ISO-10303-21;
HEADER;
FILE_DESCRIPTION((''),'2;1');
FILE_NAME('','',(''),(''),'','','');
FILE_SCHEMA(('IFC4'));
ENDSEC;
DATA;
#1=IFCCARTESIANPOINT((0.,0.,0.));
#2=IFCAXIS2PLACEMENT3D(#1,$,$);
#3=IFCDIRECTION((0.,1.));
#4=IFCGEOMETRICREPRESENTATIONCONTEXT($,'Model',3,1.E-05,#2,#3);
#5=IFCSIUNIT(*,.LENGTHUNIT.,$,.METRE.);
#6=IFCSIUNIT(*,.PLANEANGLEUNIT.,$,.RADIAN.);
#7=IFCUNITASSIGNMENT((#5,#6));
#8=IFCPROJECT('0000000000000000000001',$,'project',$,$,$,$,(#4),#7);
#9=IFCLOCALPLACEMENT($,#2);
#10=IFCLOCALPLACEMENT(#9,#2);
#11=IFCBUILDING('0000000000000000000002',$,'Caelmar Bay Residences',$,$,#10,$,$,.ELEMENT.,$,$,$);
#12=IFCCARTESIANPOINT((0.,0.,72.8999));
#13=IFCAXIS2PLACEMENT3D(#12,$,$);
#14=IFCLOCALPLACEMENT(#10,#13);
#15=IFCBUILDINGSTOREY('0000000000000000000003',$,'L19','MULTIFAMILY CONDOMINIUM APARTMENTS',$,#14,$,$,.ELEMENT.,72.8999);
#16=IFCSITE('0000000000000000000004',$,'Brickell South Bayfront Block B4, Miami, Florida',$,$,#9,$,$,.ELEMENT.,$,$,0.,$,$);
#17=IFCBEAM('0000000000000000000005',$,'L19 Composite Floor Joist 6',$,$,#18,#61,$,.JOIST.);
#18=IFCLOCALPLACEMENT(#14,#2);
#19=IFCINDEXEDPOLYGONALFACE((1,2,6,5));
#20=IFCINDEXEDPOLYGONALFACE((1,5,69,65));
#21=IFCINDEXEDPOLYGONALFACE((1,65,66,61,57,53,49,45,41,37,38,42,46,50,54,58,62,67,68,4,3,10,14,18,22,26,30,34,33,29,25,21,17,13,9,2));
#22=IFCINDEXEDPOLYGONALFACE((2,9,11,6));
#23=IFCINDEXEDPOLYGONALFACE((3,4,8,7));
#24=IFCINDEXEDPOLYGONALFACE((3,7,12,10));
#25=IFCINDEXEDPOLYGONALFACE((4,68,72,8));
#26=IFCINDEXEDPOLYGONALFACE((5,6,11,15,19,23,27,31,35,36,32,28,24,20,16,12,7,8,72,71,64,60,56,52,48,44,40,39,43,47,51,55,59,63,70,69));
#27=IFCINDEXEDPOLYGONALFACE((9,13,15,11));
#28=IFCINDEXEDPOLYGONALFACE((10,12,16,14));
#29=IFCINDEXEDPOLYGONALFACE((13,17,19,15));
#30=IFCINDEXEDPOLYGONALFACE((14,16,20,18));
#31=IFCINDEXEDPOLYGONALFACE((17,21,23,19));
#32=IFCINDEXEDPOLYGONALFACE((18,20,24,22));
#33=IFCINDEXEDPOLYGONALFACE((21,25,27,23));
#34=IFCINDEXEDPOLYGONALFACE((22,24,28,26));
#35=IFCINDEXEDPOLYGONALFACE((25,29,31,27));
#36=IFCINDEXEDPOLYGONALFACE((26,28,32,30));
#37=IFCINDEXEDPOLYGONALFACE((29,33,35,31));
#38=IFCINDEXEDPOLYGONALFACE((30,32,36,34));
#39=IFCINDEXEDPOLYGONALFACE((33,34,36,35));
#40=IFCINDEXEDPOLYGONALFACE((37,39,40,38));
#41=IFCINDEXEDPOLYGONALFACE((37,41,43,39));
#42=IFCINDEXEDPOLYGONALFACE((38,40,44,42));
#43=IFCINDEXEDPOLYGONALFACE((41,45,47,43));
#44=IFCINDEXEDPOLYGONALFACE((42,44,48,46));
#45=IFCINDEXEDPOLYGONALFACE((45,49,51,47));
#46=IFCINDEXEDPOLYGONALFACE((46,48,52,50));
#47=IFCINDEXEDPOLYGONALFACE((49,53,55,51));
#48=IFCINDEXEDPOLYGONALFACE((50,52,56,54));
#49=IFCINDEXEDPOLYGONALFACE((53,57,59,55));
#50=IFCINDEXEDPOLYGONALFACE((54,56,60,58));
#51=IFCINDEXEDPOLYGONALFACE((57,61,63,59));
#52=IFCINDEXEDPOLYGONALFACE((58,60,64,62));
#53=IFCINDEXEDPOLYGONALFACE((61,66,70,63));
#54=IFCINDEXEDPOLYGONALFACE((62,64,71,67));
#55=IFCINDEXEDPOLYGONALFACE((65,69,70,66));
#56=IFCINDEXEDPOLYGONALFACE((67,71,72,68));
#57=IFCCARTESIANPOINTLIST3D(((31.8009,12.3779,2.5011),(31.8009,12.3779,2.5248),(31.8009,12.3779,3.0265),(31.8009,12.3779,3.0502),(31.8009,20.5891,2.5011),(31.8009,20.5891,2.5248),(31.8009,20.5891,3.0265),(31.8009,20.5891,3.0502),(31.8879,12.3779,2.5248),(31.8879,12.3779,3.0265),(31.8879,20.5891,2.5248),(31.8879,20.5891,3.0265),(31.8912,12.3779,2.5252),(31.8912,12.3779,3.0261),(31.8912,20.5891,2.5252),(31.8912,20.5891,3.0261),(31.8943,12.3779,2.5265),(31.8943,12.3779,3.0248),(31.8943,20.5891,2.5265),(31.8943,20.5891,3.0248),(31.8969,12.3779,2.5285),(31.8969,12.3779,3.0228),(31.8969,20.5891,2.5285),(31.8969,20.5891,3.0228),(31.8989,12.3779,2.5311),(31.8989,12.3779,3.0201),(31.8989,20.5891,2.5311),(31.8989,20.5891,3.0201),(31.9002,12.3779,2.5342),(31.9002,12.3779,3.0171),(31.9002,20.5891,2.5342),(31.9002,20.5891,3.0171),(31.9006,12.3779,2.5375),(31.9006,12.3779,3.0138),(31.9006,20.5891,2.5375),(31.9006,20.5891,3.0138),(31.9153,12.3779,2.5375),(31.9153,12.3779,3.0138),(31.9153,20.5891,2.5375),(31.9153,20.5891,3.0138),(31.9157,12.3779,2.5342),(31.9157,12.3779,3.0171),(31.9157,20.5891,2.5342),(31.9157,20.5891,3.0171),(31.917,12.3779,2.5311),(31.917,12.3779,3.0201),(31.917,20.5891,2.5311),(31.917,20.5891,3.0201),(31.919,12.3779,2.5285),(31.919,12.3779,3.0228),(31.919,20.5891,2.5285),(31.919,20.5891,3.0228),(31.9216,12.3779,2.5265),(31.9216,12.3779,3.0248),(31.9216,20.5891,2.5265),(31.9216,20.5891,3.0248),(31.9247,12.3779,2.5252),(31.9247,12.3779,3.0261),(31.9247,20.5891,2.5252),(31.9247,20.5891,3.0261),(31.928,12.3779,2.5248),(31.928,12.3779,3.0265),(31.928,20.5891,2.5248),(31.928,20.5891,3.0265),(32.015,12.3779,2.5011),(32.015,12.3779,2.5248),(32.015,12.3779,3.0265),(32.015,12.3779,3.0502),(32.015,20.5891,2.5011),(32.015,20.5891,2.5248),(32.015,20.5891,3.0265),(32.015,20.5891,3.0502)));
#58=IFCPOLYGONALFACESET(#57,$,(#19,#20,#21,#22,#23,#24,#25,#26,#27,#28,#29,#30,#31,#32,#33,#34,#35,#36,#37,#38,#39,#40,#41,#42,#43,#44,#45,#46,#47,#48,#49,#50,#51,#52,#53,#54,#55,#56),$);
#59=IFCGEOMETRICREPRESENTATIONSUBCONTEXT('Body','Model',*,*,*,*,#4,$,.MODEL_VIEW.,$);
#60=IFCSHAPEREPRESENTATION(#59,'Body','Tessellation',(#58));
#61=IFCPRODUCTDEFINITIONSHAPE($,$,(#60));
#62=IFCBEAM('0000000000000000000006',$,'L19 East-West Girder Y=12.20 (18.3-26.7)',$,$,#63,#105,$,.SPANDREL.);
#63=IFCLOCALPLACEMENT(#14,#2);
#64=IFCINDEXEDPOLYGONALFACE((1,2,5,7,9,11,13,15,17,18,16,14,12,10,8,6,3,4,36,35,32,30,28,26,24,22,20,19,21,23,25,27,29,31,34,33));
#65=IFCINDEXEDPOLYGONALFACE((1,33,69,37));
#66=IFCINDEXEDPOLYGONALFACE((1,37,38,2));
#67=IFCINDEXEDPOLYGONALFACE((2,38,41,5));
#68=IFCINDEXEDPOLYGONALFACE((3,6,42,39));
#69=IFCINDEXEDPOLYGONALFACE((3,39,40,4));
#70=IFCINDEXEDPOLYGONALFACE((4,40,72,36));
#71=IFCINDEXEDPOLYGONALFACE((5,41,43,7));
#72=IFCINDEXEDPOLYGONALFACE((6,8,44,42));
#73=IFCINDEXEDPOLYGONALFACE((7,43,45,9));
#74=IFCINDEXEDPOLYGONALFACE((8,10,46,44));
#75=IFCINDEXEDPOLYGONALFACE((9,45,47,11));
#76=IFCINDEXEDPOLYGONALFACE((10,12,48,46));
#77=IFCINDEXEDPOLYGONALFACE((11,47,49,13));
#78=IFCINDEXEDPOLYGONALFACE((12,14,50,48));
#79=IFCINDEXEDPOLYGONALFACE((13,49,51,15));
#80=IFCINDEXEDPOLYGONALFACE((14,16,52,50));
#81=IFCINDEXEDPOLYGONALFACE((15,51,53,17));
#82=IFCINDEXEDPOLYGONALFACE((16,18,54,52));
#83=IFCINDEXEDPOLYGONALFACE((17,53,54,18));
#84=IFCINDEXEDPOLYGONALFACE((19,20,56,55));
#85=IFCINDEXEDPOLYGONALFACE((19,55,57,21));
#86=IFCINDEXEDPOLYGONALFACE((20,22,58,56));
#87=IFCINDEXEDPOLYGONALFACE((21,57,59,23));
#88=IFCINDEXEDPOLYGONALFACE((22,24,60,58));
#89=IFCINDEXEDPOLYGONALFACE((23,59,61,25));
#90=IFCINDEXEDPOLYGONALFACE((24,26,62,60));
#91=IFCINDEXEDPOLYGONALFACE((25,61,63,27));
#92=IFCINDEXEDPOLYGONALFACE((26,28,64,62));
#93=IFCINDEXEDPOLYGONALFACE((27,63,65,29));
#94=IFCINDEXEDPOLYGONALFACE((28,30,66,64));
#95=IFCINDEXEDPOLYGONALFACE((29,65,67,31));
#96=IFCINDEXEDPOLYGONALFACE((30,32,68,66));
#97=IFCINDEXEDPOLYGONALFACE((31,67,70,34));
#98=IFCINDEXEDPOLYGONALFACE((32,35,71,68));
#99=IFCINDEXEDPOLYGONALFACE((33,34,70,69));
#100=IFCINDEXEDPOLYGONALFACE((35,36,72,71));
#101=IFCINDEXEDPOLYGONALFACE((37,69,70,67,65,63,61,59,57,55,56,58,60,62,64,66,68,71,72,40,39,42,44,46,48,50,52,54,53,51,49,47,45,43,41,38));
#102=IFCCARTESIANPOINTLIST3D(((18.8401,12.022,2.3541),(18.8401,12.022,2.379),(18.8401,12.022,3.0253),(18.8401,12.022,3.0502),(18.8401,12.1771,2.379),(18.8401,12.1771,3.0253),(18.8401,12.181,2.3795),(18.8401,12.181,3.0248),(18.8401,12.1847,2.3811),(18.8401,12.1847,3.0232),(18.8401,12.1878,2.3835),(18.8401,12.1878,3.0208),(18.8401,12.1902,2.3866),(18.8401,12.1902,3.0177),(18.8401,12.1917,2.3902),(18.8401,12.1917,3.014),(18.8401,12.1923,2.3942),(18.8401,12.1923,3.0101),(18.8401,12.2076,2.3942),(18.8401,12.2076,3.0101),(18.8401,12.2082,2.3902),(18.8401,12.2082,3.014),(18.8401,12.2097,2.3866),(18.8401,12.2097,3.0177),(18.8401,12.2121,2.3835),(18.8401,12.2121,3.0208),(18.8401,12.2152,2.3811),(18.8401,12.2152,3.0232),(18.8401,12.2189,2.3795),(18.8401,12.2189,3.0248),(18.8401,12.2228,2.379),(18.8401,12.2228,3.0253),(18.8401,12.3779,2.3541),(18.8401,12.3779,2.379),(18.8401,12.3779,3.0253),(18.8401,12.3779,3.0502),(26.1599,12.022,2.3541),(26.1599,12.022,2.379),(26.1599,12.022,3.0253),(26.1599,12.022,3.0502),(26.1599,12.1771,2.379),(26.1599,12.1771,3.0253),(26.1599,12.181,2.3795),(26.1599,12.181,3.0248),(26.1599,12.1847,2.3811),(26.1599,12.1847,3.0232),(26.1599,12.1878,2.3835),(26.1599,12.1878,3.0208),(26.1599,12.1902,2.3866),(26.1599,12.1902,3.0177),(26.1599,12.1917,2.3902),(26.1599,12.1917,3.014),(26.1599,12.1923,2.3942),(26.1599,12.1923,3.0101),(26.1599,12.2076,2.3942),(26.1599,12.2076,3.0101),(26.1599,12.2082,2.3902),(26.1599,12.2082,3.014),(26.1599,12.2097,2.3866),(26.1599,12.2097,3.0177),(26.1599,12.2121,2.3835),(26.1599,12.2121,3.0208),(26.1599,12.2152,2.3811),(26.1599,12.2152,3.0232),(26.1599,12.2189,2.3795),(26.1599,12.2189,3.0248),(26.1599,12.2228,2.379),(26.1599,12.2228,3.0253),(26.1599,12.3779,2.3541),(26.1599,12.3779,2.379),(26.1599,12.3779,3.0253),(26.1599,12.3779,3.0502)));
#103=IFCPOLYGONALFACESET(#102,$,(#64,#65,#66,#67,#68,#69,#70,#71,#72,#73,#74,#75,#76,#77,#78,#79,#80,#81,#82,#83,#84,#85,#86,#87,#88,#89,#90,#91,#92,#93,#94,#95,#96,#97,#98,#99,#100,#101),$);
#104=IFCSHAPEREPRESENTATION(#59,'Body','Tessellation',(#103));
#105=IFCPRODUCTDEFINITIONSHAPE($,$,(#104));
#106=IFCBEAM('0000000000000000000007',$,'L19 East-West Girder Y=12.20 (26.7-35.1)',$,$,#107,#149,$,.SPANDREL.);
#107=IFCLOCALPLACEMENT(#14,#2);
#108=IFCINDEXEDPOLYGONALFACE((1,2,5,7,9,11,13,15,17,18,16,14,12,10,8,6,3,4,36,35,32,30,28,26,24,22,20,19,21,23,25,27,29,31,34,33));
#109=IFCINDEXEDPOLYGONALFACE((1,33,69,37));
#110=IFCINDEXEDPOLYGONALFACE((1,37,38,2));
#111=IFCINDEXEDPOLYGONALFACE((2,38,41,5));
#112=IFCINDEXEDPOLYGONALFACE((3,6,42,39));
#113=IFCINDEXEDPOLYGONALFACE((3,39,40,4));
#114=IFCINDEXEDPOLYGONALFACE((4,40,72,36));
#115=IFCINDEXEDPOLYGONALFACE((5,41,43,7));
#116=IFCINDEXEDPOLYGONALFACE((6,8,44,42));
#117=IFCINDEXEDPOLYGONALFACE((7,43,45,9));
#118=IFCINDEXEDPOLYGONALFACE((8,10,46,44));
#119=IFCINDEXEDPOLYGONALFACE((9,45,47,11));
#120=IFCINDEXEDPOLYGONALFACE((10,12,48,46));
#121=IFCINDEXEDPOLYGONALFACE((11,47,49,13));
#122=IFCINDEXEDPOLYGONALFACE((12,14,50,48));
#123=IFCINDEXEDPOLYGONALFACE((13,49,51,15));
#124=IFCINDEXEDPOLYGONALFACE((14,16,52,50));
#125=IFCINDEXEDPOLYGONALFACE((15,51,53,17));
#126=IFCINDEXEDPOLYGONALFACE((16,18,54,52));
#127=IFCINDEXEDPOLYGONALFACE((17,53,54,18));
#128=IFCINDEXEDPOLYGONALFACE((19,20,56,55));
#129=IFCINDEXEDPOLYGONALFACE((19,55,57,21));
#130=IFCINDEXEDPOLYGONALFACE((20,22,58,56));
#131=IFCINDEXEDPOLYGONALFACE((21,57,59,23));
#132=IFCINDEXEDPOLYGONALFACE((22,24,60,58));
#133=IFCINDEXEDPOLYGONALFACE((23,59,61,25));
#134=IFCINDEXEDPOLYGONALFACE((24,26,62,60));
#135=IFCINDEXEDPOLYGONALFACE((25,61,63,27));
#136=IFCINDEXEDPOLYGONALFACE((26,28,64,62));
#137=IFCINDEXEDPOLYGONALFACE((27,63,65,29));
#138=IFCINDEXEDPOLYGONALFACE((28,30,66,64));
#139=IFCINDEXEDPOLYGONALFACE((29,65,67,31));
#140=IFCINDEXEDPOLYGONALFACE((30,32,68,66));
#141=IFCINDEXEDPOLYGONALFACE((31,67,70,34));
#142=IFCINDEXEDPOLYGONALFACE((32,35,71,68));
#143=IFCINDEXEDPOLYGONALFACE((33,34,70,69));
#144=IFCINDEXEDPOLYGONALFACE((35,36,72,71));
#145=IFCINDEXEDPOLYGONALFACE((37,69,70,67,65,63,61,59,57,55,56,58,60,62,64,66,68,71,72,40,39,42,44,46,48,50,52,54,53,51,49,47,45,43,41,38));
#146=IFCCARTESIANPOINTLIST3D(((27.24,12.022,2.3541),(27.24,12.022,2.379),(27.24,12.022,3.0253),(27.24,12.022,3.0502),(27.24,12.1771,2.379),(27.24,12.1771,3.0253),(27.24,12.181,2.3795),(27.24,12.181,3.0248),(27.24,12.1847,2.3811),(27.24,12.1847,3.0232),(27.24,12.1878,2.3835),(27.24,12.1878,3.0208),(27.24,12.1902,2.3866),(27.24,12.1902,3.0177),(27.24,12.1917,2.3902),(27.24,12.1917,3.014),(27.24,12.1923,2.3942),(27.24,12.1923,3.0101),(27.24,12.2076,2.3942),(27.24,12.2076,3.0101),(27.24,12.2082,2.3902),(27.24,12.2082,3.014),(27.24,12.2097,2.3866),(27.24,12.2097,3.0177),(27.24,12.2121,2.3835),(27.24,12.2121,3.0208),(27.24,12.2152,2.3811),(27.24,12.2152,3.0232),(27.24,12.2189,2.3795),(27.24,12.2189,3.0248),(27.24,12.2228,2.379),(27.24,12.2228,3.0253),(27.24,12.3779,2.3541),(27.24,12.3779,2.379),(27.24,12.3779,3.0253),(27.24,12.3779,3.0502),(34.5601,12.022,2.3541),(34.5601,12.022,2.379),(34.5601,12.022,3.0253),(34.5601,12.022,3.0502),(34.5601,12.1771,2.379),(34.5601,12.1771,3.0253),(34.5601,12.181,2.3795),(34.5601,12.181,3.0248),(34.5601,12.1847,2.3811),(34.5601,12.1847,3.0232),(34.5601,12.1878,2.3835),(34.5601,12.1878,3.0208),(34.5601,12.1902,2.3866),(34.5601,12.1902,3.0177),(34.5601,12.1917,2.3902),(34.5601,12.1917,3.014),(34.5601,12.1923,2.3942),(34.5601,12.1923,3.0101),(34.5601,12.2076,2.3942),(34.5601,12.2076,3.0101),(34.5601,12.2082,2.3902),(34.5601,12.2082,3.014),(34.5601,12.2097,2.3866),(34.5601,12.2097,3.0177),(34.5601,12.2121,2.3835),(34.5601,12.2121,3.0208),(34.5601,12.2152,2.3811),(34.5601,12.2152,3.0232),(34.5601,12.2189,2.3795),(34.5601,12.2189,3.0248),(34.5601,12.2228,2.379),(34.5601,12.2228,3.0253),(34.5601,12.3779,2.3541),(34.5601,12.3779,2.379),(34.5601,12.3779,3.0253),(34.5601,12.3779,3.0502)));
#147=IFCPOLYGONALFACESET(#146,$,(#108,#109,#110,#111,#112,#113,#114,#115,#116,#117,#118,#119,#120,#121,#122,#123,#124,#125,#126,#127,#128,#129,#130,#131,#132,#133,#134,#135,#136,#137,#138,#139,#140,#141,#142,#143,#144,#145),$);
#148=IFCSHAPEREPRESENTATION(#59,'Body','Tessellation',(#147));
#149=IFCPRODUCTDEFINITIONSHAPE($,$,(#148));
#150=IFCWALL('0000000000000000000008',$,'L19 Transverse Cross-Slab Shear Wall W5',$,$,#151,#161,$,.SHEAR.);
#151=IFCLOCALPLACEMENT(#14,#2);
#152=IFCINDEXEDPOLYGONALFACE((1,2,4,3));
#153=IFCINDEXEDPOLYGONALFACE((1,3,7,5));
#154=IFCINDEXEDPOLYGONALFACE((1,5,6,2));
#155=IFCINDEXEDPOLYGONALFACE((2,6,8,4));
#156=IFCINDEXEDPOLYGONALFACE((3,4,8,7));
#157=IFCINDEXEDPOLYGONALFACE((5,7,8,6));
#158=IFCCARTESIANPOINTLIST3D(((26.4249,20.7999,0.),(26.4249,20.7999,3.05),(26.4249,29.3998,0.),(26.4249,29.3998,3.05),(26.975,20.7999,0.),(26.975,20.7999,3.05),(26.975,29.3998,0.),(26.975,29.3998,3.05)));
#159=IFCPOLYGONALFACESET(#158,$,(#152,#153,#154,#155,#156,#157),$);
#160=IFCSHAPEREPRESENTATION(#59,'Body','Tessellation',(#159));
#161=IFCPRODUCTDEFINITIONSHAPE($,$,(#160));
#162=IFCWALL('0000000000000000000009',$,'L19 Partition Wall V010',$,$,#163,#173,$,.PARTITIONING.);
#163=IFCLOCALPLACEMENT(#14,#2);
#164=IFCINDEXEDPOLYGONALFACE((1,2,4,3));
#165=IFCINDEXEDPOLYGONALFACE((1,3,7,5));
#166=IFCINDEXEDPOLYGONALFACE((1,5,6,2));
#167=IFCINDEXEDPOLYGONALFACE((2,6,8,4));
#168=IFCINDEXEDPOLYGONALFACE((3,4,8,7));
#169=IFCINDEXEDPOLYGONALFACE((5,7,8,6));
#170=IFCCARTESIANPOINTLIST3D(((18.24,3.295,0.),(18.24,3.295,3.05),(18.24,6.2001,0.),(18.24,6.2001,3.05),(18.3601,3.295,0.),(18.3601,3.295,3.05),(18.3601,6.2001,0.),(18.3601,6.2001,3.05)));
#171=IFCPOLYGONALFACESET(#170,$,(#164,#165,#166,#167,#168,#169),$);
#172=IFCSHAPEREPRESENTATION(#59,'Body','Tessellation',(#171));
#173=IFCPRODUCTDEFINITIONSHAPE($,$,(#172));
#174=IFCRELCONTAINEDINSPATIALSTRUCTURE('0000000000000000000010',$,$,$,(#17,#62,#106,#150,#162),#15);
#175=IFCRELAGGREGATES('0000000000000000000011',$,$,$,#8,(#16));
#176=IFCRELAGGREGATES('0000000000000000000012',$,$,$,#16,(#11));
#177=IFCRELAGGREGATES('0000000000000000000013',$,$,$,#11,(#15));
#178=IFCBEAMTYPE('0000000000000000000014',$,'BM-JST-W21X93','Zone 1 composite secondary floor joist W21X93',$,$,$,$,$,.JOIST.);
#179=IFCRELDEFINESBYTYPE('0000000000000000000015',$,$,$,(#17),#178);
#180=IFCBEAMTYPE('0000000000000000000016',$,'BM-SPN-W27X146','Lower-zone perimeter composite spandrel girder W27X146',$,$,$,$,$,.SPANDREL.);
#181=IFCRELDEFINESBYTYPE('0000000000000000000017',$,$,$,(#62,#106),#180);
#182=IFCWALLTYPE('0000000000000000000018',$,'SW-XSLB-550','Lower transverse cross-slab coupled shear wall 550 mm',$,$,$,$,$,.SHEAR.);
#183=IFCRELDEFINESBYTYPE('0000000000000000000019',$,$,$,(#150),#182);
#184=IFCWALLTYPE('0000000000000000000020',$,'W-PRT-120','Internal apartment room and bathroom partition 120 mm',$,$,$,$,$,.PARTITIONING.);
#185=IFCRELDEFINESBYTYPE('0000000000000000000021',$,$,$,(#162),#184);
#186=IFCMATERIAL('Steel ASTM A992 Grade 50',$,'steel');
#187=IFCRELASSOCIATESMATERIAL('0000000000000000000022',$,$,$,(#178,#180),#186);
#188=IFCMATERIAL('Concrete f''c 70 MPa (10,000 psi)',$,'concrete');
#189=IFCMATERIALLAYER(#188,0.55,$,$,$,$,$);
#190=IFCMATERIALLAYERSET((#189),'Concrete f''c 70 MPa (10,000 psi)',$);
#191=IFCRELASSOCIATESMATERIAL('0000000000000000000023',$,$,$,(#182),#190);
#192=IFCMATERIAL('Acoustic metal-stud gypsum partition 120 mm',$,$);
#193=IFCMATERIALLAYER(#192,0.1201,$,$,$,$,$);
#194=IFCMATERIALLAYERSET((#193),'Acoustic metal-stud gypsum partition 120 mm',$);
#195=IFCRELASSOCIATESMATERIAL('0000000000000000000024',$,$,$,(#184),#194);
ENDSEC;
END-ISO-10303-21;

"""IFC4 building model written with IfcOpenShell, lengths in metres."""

from ifc_helpers import new_model, si_unit, direction, frame, frame_2d, origin, origin_2d, place, context, subcontext, project, spatial, rectangle, i_section, extrude, material, layer, layer_set, material_profile, profile_set, type_object, element, save


model = new_model("IFC4")

# Units and contexts
model_context = context("Model", 3, precision=1e-05, world=origin(), true_north=direction((0.0, 1.0)))
body_context = subcontext(model_context, "Body", "Model", "MODEL_VIEW")
ifc_project = project(units=[si_unit("LENGTHUNIT", "METRE"), si_unit("PLANEANGLEUNIT", "RADIAN")], contexts=[model_context])

# Site, building, storey
site_placement = place(None, origin())
site = spatial("IfcSite", under=ifc_project, at=site_placement, Name="Brickell South Bayfront Block B4, Miami, Florida", CompositionType="ELEMENT", RefElevation=0.0)
building_placement = place(site_placement, origin())
building = spatial("IfcBuilding", under=site, at=building_placement, Name="Caelmar Bay Residences", CompositionType="ELEMENT")
storey_placement = place(building_placement, frame((0.0, 0.0, 72.8999)))
storey = spatial("IfcBuildingStorey", under=building, at=storey_placement, Name="L19", Description="MULTIFAMILY CONDOMINIUM APARTMENTS", CompositionType="ELEMENT", Elevation=72.8999)

# Shared definitions
ifc_material_1 = material(Name="Concrete f'c 70 MPa (10,000 psi)", Category="concrete")

# Beams
ifc_material_2 = material(Name="Steel ASTM A992 Grade 50", Category="steel")
ifc_material_profile_1 = material_profile(ifc_material_2, i_section(OverallWidth=0.2141, OverallDepth=0.5491, WebThickness=0.0146, FlangeThickness=0.0237, FilletRadius=0.0127, at=origin_2d()), Name="W21X93")
ifc_profile_set_1 = profile_set([ifc_material_profile_1], Name="Steel ASTM A992 Grade 50")
beam_type_1 = type_object("IfcBeamType", Name="BM-JST-W21X93", Description="Zone 1 composite secondary floor joist W21X93", PredefinedType="JOIST", material=ifc_profile_set_1)
for number, where, z_axis, x_axis, name in (
    (1, (31.908, 12.3779, 2.7756), (0.0, 1.0, 0.0), (-1.0, 0.0, 0.0), "L19 Composite Floor Joist 6"),
):
    element("IfcBeam", number, at=place(storey_placement, frame(where, z_axis=z_axis, x_axis=x_axis)), inside=storey, type_object=beam_type_1, Name=name, PredefinedType="JOIST", context=body_context, shape_type="SweptSolid", body=[
        extrude(i_section(OverallWidth=0.2141, OverallDepth=0.5491, WebThickness=0.0146, FlangeThickness=0.0237, FilletRadius=0.0127, at=origin_2d()), origin(), (0.0, 0.0, 1.0), 8.2112),
    ])
ifc_material_profile_2 = material_profile(ifc_material_2, i_section(OverallWidth=0.356, OverallDepth=0.696, WebThickness=0.0154, FlangeThickness=0.0249, FilletRadius=0.0151, at=origin_2d()), Name="W27X146")
ifc_profile_set_2 = profile_set([ifc_material_profile_2], Name="Steel ASTM A992 Grade 50")
beam_type_2 = type_object("IfcBeamType", Name="BM-SPN-W27X146", Description="Lower-zone perimeter composite spandrel girder W27X146", PredefinedType="SPANDREL", material=ifc_profile_set_2)
beam_1_placement = place(storey_placement, frame((18.8401, 12.2, 2.7021), z_axis=(1.0, 0.0, 0.0), x_axis=(0.0, 1.0, 0.0)))
element("IfcBeam", 2, at=beam_1_placement, inside=storey, type_object=beam_type_2, Name="L19 East-West Girder Y=12.20 (18.3-26.7)", PredefinedType="SPANDREL", context=body_context, shape_type="SweptSolid", body=[
    extrude(i_section(OverallWidth=0.356, OverallDepth=0.696, WebThickness=0.0154, FlangeThickness=0.0249, FilletRadius=0.0151, at=origin_2d()), origin(), (0.0, 0.0, 1.0), 7.3198),
])
beam_2_placement = place(storey_placement, frame((27.24, 12.2, 2.7021), z_axis=(1.0, 0.0, 0.0), x_axis=(0.0, 1.0, 0.0)))
element("IfcBeam", 3, at=beam_2_placement, inside=storey, type_object=beam_type_2, Name="L19 East-West Girder Y=12.20 (26.7-35.1)", PredefinedType="SPANDREL", context=body_context, shape_type="SweptSolid", body=[
    extrude(i_section(OverallWidth=0.356, OverallDepth=0.696, WebThickness=0.0154, FlangeThickness=0.0249, FilletRadius=0.0151, at=origin_2d()), origin(), (0.0, 0.0, 1.0), 7.3201),
])

# Walls
ifc_layer_1 = layer(ifc_material_1, 0.55)
ifc_layer_set_1 = layer_set([ifc_layer_1], Name="Concrete f'c 70 MPa (10,000 psi)")
wall_type_1 = type_object("IfcWallType", Name="SW-XSLB-550", Description="Lower transverse cross-slab coupled shear wall 550 mm", PredefinedType="SHEAR", material=ifc_layer_set_1)
wall_1_placement = place(storey_placement, frame((26.7, 20.8, 0.0), z_axis=(0.0, 0.0, 1.0), x_axis=(0.0, 1.0, 0.0)))
element("IfcWall", 4, at=wall_1_placement, inside=storey, type_object=wall_type_1, Name="L19 Transverse Cross-Slab Shear Wall W5", PredefinedType="SHEAR", context=body_context, shape_type="SweptSolid", body=[
    extrude(rectangle(XDim=8.5999, YDim=0.55, at=frame_2d((4.2998, 0.0))), origin(), (0.0, 0.0, 1.0), 3.05),
])
ifc_material_3 = material(Name="Acoustic metal-stud gypsum partition 120 mm")
ifc_layer_2 = layer(ifc_material_3, 0.1201)
ifc_layer_set_2 = layer_set([ifc_layer_2], Name="Acoustic metal-stud gypsum partition 120 mm")
wall_type_2 = type_object("IfcWallType", Name="W-PRT-120", Description="Internal apartment room and bathroom partition 120 mm", PredefinedType="PARTITIONING", material=ifc_layer_set_2)
wall_2_placement = place(storey_placement, frame((18.3, 3.2949, 0.0), z_axis=(0.0, 0.0, 1.0), x_axis=(0.0, 1.0, 0.0)))
element("IfcWall", 5, at=wall_2_placement, inside=storey, type_object=wall_type_2, Name="L19 Partition Wall V010", PredefinedType="PARTITIONING", context=body_context, shape_type="SweptSolid", body=[
    extrude(rectangle(XDim=2.905, YDim=0.1201, at=frame_2d((1.4526, 0.0))), origin(), (0.0, 0.0, 1.0), 3.05),
])

save(model, "model.ifc")
